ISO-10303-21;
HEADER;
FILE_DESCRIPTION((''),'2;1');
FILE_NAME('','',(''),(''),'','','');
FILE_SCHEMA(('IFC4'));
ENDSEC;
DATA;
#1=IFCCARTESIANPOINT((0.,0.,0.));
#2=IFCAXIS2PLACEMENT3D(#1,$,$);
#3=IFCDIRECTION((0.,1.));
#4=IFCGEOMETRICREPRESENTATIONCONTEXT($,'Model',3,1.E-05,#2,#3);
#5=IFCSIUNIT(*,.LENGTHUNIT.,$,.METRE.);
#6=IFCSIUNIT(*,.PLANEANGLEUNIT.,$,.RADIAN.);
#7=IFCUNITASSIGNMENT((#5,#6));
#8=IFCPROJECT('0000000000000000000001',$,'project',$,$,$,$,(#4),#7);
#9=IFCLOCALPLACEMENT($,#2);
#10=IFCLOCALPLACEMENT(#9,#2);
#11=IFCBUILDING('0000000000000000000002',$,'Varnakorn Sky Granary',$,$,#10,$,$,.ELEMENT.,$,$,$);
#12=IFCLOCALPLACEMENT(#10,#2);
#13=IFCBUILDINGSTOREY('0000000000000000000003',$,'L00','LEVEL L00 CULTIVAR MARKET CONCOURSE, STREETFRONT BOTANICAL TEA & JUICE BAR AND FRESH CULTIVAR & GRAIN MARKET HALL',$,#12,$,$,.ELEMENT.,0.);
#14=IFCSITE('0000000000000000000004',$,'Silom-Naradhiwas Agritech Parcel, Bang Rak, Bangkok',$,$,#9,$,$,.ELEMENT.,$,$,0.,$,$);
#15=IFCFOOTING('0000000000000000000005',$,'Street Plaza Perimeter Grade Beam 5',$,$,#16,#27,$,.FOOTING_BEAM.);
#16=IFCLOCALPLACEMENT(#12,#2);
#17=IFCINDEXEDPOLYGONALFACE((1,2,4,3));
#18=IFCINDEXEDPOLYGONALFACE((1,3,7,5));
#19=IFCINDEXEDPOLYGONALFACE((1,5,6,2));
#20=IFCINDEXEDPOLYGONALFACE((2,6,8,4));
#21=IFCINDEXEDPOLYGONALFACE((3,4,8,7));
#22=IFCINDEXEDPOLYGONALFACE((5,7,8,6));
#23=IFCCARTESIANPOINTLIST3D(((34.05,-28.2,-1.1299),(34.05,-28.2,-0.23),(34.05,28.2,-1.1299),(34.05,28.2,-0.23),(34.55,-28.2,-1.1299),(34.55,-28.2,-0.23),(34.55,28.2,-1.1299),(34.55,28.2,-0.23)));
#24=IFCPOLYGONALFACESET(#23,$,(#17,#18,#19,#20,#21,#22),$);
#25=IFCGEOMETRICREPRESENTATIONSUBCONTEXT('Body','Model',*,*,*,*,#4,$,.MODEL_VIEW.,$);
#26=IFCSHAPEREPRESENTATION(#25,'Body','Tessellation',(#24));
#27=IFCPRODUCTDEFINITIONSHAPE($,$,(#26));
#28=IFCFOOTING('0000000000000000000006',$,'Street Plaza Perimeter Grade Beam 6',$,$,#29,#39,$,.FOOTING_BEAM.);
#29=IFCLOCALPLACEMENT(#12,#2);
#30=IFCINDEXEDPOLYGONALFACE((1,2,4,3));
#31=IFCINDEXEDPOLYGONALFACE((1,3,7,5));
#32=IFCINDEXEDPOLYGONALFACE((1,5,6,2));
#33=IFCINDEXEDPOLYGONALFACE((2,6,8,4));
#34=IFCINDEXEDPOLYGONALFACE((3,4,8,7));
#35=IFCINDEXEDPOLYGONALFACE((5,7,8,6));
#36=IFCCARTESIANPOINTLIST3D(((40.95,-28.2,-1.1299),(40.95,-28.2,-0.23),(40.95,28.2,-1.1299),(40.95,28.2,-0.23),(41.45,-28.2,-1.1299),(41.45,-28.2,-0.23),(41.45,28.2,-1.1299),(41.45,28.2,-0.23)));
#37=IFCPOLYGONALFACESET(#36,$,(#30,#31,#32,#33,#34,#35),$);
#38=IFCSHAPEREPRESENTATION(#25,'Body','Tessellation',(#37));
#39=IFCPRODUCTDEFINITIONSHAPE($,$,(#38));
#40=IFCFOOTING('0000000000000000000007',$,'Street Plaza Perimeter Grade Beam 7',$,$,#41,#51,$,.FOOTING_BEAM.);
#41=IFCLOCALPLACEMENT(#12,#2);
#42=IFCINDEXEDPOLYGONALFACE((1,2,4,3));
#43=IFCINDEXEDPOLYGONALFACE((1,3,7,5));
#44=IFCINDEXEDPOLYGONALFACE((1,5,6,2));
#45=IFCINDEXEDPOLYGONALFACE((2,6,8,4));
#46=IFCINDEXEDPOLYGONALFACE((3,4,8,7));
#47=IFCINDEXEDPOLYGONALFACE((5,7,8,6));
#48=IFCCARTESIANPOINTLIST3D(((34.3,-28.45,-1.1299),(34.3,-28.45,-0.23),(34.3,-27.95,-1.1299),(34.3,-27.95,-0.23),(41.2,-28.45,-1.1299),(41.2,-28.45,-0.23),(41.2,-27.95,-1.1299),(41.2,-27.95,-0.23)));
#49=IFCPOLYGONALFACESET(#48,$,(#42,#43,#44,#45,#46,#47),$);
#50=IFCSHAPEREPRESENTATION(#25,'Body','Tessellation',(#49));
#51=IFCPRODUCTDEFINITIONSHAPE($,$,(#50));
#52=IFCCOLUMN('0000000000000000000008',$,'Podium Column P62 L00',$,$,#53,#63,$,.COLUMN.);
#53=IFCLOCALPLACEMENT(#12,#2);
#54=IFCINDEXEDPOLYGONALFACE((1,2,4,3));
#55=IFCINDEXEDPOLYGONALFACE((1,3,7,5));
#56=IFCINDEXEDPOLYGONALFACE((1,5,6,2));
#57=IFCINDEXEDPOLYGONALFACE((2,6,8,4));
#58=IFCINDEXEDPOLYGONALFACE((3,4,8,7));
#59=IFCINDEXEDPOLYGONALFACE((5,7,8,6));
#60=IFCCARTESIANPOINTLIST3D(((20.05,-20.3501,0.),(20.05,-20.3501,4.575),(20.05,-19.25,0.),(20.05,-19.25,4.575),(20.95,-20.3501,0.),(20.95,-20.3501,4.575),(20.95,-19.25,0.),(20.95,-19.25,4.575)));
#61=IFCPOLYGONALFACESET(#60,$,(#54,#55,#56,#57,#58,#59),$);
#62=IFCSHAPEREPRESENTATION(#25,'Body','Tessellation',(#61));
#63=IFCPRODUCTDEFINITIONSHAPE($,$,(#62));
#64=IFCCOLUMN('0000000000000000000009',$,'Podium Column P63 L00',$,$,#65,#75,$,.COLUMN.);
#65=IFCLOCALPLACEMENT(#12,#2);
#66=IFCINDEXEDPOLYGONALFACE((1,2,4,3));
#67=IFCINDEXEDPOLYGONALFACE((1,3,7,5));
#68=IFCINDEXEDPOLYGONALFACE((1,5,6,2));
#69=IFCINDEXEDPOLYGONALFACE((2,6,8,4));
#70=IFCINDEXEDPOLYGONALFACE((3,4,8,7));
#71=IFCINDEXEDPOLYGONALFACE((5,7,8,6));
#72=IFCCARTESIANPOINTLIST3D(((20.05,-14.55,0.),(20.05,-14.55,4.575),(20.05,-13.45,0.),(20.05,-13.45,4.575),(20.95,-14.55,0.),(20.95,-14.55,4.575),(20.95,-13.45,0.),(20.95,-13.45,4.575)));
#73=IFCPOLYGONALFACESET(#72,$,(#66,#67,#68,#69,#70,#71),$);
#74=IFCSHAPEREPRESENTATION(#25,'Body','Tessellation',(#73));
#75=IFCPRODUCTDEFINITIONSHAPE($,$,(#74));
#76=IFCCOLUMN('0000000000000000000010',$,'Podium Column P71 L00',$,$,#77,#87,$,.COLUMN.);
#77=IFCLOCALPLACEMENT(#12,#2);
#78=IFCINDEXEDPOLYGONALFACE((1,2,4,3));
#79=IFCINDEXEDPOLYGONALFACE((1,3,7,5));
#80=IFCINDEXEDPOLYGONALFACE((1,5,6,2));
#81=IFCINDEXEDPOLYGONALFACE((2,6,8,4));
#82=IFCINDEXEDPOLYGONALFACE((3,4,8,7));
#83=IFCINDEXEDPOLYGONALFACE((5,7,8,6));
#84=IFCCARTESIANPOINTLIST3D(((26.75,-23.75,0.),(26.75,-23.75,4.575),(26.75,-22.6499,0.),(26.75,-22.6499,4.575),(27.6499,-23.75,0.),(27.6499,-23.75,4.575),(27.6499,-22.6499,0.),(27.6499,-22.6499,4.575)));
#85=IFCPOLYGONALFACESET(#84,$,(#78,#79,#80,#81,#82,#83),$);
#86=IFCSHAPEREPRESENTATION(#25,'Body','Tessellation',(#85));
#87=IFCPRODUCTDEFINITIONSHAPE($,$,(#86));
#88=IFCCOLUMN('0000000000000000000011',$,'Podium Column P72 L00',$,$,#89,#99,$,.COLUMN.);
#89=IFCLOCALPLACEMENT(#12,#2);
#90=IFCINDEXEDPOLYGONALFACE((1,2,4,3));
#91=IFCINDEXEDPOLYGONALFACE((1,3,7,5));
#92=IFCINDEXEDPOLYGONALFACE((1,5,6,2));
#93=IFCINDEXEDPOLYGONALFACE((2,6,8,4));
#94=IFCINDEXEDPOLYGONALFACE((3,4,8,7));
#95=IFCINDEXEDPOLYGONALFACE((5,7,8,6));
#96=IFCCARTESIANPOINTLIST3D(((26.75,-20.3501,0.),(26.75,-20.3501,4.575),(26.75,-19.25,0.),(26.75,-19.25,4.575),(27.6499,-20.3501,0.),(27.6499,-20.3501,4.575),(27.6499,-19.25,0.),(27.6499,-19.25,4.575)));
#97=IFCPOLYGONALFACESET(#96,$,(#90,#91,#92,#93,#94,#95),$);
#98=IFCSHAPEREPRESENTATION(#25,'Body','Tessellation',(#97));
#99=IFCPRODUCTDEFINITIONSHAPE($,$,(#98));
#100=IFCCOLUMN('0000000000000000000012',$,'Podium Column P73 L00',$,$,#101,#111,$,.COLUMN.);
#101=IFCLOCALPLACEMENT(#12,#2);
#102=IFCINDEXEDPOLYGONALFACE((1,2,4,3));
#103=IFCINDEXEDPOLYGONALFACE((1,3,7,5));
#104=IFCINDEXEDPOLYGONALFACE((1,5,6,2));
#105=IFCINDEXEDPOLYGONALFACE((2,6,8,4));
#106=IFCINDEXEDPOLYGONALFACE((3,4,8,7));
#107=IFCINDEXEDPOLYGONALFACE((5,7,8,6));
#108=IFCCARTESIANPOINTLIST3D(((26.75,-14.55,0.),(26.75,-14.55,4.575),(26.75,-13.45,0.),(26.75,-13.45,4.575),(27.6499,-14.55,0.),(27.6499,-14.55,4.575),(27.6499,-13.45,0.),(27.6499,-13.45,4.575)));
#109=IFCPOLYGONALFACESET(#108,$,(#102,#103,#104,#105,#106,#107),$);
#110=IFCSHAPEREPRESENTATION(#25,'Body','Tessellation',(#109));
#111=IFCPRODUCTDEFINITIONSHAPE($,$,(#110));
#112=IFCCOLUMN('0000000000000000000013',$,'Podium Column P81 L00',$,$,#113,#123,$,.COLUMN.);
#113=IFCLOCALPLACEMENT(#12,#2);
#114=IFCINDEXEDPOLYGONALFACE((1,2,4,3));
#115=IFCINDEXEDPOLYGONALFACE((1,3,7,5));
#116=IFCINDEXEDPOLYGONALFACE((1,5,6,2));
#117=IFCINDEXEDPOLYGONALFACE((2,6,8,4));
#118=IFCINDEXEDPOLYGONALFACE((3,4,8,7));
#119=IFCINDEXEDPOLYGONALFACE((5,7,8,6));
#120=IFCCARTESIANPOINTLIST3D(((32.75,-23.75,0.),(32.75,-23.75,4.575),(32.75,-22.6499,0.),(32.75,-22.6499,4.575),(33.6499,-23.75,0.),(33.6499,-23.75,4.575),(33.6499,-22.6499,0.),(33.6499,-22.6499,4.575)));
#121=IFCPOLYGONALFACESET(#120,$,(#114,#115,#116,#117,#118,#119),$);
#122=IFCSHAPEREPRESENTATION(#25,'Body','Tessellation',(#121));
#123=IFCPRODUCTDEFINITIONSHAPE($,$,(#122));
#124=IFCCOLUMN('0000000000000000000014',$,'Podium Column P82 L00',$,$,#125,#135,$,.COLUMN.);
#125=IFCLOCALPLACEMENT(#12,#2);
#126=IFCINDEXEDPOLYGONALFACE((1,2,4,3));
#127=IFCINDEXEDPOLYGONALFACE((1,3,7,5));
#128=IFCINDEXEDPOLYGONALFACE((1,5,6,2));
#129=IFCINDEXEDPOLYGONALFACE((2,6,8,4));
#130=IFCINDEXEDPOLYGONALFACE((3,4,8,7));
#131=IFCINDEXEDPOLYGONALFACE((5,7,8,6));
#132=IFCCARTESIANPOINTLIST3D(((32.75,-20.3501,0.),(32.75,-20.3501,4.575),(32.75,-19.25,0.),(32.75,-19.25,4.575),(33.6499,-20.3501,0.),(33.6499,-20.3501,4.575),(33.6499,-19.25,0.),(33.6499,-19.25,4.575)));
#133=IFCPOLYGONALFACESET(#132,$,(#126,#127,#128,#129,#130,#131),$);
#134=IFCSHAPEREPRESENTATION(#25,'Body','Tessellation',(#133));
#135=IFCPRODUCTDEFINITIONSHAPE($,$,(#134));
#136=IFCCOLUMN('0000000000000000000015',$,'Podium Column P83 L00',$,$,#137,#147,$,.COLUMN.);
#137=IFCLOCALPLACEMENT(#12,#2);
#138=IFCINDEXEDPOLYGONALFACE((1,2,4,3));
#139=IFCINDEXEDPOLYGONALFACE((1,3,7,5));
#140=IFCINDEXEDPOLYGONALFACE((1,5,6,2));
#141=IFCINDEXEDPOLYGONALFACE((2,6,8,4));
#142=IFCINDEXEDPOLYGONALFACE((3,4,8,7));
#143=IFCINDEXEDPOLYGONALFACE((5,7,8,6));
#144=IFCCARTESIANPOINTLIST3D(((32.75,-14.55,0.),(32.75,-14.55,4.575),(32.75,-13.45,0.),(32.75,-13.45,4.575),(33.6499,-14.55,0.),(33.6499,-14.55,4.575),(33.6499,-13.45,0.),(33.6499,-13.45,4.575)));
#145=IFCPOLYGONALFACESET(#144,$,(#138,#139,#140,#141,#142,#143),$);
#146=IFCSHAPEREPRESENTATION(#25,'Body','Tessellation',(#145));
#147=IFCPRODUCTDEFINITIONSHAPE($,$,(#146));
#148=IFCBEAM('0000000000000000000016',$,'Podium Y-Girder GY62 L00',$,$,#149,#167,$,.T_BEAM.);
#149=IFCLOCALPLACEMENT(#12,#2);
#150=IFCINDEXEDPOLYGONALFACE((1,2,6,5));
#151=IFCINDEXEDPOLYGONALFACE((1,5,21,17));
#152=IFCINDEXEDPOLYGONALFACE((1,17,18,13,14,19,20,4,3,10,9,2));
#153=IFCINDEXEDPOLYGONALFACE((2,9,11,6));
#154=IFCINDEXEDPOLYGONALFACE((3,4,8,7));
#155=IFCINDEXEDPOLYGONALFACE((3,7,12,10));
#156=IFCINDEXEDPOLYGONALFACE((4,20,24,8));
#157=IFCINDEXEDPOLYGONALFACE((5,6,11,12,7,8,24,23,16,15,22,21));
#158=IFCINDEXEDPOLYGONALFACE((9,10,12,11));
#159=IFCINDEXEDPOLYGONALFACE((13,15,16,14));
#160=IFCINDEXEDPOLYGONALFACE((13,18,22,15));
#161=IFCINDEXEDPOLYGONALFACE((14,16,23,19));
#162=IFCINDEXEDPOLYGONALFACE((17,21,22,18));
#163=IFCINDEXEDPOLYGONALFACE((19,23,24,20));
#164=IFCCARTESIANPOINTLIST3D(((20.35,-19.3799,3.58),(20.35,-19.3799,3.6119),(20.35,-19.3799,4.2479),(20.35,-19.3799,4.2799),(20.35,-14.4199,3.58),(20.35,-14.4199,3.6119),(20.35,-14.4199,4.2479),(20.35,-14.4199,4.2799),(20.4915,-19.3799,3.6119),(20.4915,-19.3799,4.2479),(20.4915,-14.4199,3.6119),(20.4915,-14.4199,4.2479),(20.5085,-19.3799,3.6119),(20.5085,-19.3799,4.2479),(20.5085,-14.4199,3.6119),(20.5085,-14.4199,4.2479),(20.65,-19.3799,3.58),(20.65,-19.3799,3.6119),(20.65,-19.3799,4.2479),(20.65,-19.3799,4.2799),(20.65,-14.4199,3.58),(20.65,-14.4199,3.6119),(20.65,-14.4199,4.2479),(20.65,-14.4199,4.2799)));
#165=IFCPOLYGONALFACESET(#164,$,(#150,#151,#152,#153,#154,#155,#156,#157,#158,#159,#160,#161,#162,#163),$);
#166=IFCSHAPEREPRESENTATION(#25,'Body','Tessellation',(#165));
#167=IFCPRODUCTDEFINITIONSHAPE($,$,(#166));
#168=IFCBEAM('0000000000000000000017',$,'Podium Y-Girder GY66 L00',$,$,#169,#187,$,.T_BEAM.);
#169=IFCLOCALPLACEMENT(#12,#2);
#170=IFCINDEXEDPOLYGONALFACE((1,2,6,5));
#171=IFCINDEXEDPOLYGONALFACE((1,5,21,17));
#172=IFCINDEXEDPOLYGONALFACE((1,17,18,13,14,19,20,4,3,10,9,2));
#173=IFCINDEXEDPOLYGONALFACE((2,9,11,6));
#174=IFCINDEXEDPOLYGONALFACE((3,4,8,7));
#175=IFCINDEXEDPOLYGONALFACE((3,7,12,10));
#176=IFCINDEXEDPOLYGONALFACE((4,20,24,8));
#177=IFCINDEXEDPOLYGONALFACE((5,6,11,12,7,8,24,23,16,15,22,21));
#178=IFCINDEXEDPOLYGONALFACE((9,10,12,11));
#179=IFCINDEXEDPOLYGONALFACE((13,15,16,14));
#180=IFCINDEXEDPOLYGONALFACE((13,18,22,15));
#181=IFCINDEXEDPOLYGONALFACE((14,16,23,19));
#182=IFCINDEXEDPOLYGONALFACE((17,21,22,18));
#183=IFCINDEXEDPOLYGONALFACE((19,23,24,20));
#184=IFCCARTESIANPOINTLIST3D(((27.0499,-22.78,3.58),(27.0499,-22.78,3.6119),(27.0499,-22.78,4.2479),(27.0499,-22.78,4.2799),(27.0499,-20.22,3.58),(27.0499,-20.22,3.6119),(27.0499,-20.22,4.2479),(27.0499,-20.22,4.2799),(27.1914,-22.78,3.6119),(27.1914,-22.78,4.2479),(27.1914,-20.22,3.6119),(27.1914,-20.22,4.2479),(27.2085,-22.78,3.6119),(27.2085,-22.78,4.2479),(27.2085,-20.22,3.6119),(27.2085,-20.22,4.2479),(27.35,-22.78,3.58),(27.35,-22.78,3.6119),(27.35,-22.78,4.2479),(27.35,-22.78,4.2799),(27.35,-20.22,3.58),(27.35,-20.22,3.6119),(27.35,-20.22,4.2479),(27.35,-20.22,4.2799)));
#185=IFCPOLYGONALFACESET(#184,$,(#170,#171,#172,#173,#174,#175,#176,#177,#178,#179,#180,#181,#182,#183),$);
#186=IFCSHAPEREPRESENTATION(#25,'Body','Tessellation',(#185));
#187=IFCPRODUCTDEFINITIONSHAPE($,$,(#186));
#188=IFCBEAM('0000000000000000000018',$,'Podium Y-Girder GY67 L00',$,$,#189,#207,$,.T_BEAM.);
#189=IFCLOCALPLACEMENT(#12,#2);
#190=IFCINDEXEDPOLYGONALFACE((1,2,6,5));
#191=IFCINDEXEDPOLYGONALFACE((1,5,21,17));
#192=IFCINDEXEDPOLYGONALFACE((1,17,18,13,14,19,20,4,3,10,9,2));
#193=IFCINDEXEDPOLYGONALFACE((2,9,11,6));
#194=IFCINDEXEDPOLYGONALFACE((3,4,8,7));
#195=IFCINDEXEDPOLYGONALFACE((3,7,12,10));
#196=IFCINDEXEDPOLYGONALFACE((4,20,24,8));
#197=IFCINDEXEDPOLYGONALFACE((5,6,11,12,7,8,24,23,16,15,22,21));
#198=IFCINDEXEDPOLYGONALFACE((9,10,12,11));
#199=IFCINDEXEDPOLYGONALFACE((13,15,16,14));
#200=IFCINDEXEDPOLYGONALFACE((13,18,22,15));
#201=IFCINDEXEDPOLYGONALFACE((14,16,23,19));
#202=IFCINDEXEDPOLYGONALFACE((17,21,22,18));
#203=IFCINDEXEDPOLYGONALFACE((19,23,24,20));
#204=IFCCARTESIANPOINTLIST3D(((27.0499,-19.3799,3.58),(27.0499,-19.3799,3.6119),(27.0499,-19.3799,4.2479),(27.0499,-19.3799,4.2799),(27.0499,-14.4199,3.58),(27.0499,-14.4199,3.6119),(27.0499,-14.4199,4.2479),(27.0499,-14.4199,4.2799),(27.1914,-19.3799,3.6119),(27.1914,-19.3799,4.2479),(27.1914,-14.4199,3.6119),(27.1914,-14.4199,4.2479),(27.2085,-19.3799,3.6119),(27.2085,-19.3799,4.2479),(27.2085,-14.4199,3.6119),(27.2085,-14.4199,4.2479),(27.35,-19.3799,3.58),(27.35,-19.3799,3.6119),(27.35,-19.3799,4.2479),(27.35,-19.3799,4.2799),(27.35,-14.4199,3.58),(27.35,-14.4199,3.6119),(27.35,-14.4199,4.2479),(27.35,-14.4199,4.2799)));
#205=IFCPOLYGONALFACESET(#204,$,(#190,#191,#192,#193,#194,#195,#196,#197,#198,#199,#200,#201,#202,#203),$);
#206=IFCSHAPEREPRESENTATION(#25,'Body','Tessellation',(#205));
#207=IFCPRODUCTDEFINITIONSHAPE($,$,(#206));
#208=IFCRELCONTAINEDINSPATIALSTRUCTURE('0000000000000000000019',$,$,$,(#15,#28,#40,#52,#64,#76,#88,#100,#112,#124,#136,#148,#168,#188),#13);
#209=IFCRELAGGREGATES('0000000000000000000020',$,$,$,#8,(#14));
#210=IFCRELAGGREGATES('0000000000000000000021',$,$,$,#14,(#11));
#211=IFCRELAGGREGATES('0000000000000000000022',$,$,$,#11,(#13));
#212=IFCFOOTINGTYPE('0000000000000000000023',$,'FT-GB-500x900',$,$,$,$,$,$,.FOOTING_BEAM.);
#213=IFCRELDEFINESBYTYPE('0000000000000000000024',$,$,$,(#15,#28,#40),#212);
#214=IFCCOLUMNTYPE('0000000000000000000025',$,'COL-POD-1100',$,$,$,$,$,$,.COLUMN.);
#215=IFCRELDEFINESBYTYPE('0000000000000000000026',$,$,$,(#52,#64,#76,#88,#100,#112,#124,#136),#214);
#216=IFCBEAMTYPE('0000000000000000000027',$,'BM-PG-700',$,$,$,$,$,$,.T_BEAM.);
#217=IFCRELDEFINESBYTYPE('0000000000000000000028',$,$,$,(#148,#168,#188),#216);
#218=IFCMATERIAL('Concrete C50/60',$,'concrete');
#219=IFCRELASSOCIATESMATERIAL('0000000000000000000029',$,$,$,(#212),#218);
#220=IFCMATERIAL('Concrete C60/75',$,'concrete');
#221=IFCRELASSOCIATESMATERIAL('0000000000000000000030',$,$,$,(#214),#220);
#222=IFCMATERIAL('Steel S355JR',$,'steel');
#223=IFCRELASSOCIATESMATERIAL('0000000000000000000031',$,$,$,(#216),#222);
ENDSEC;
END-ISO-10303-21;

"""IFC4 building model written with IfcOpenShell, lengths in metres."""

from ifc_helpers import new_model, si_unit, direction, frame, origin, origin_2d, place, context, subcontext, project, spatial, rectangle, i_section, extrude, material, material_profile, profile_set, type_object, element, save


model = new_model("IFC4")

# Units and contexts
model_context = context("Model", 3, precision=1e-05, world=origin(), true_north=direction((0.0, 1.0)))
body_context = subcontext(model_context, "Body", "Model", "MODEL_VIEW")
ifc_project = project(units=[si_unit("LENGTHUNIT", "METRE"), si_unit("PLANEANGLEUNIT", "RADIAN")], contexts=[model_context])

# Site, building, storey
site_placement = place(None, origin())
site = spatial("IfcSite", under=ifc_project, at=site_placement, Name="Silom-Naradhiwas Agritech Parcel, Bang Rak, Bangkok", CompositionType="ELEMENT", RefElevation=0.0)
building_placement = place(site_placement, origin())
building = spatial("IfcBuilding", under=site, at=building_placement, Name="Varnakorn Sky Granary", CompositionType="ELEMENT")
storey_placement = place(building_placement, origin())
storey = spatial("IfcBuildingStorey", under=building, at=storey_placement, Name="L00", Description="LEVEL L00 CULTIVAR MARKET CONCOURSE, STREETFRONT BOTANICAL TEA & JUICE BAR AND FRESH CULTIVAR & GRAIN MARKET HALL", CompositionType="ELEMENT", Elevation=0.0)

# Footings
ifc_material_1 = material(Name="Concrete C50/60", Category="concrete")
ifc_material_profile_1 = material_profile(ifc_material_1, rectangle(XDim=0.5, YDim=0.8999, at=origin_2d()), Name="RC 500x900")
ifc_profile_set_1 = profile_set([ifc_material_profile_1], Name="Concrete C50/60")
footing_type = type_object("IfcFootingType", Name="FT-GB-500x900", PredefinedType="FOOTING_BEAM", material=ifc_profile_set_1)
for number, where, z_axis, x_axis, name in (
    (1, (34.3, -28.2, -0.6799), (0.0, 1.0, 0.0), (-1.0, 0.0, 0.0), "Street Plaza Perimeter Grade Beam 5"),
    (2, (41.2, -28.2, -0.6799), (0.0, 1.0, 0.0), (-1.0, 0.0, 0.0), "Street Plaza Perimeter Grade Beam 6"),
):
    element("IfcFooting", number, at=place(storey_placement, frame(where, z_axis=z_axis, x_axis=x_axis)), inside=storey, type_object=footing_type, Name=name, PredefinedType="FOOTING_BEAM", context=body_context, shape_type="SweptSolid", body=[
        extrude(rectangle(XDim=0.5, YDim=0.8999, at=origin_2d()), origin(), (0.0, 0.0, 1.0), 56.3999),
    ])
footing_placement = place(storey_placement, frame((34.3, -28.2, -0.6799), z_axis=(1.0, 0.0, 0.0), x_axis=(0.0, 1.0, 0.0)))
element("IfcFooting", 3, at=footing_placement, inside=storey, type_object=footing_type, Name="Street Plaza Perimeter Grade Beam 7", PredefinedType="FOOTING_BEAM", context=body_context, shape_type="SweptSolid", body=[
    extrude(rectangle(XDim=0.5, YDim=0.8999, at=origin_2d()), origin(), (0.0, 0.0, 1.0), 6.8999),
])

# Columns
ifc_material_2 = material(Name="Concrete C60/75", Category="concrete")
ifc_material_profile_2 = material_profile(ifc_material_2, rectangle(XDim=0.8999, YDim=1.1001, at=origin_2d()), Name="RC 900x1100")
ifc_profile_set_2 = profile_set([ifc_material_profile_2], Name="Concrete C60/75")
column_type = type_object("IfcColumnType", Name="COL-POD-1100", PredefinedType="COLUMN", material=ifc_profile_set_2)
for number, where, z_axis, x_axis, name in (
    (4, (20.5, -19.8, 0.0), (0.0, 0.0, 1.0), (1.0, 0.0, 0.0), "Podium Column P62 L00"),
    (5, (20.5, -14.0, 0.0), (0.0, 0.0, 1.0), (1.0, 0.0, 0.0), "Podium Column P63 L00"),
    (6, (27.2, -23.2, 0.0), (0.0, 0.0, 1.0), (1.0, 0.0, 0.0), "Podium Column P71 L00"),
    (7, (27.2, -19.8, 0.0), (0.0, 0.0, 1.0), (1.0, 0.0, 0.0), "Podium Column P72 L00"),
    (8, (27.2, -14.0, 0.0), (0.0, 0.0, 1.0), (1.0, 0.0, 0.0), "Podium Column P73 L00"),
    (9, (33.2, -23.2, 0.0), (0.0, 0.0, 1.0), (1.0, 0.0, 0.0), "Podium Column P81 L00"),
    (10, (33.2, -19.8, 0.0), (0.0, 0.0, 1.0), (1.0, 0.0, 0.0), "Podium Column P82 L00"),
    (11, (33.2, -14.0, 0.0), (0.0, 0.0, 1.0), (1.0, 0.0, 0.0), "Podium Column P83 L00"),
):
    element("IfcColumn", number, at=place(storey_placement, frame(where, z_axis=z_axis, x_axis=x_axis)), inside=storey, type_object=column_type, Name=name, PredefinedType="COLUMN", context=body_context, shape_type="SweptSolid", body=[
        extrude(rectangle(XDim=0.8999, YDim=1.1001, at=origin_2d()), origin(), (0.0, 0.0, 1.0), 4.575),
    ])

# Beams
ifc_material_3 = material(Name="Steel S355JR", Category="steel")
ifc_material_profile_3 = material_profile(ifc_material_3, i_section(OverallWidth=0.3, OverallDepth=0.7, WebThickness=0.0171, FlangeThickness=0.032, at=origin_2d()), Name="HE 700 B")
ifc_profile_set_3 = profile_set([ifc_material_profile_3], Name="Steel S355JR")
beam_type_1 = type_object("IfcBeamType", Name="BM-PG-700", PredefinedType="T_BEAM", material=ifc_profile_set_3)
beam_1_placement = place(storey_placement, frame((20.5, -19.3799, 3.9299), z_axis=(0.0, 1.0, 0.0), x_axis=(-1.0, 0.0, 0.0)))
element("IfcBeam", 12, at=beam_1_placement, inside=storey, type_object=beam_type_1, Name="Podium Y-Girder GY62 L00", PredefinedType="T_BEAM", context=body_context, shape_type="SweptSolid", body=[
    extrude(i_section(OverallWidth=0.3, OverallDepth=0.7, WebThickness=0.0171, FlangeThickness=0.032, at=origin_2d()), origin(), (0.0, 0.0, 1.0), 4.96),
])
beam_2_placement = place(storey_placement, frame((27.2, -22.78, 3.9299), z_axis=(0.0, 1.0, 0.0), x_axis=(-1.0, 0.0, 0.0)))
element("IfcBeam", 13, at=beam_2_placement, inside=storey, type_object=beam_type_1, Name="Podium Y-Girder GY66 L00", PredefinedType="T_BEAM", context=body_context, shape_type="SweptSolid", body=[
    extrude(i_section(OverallWidth=0.3, OverallDepth=0.7, WebThickness=0.0171, FlangeThickness=0.032, at=origin_2d()), origin(), (0.0, 0.0, 1.0), 2.5601),
])
beam_3_placement = place(storey_placement, frame((27.2, -19.3799, 3.9299), z_axis=(0.0, 1.0, 0.0), x_axis=(-1.0, 0.0, 0.0)))
element("IfcBeam", 14, at=beam_3_placement, inside=storey, type_object=beam_type_1, Name="Podium Y-Girder GY67 L00", PredefinedType="T_BEAM", context=body_context, shape_type="SweptSolid", body=[
    extrude(i_section(OverallWidth=0.3, OverallDepth=0.7, WebThickness=0.0171, FlangeThickness=0.032, at=origin_2d()), origin(), (0.0, 0.0, 1.0), 4.96),
])

save(model, "model.ifc")
